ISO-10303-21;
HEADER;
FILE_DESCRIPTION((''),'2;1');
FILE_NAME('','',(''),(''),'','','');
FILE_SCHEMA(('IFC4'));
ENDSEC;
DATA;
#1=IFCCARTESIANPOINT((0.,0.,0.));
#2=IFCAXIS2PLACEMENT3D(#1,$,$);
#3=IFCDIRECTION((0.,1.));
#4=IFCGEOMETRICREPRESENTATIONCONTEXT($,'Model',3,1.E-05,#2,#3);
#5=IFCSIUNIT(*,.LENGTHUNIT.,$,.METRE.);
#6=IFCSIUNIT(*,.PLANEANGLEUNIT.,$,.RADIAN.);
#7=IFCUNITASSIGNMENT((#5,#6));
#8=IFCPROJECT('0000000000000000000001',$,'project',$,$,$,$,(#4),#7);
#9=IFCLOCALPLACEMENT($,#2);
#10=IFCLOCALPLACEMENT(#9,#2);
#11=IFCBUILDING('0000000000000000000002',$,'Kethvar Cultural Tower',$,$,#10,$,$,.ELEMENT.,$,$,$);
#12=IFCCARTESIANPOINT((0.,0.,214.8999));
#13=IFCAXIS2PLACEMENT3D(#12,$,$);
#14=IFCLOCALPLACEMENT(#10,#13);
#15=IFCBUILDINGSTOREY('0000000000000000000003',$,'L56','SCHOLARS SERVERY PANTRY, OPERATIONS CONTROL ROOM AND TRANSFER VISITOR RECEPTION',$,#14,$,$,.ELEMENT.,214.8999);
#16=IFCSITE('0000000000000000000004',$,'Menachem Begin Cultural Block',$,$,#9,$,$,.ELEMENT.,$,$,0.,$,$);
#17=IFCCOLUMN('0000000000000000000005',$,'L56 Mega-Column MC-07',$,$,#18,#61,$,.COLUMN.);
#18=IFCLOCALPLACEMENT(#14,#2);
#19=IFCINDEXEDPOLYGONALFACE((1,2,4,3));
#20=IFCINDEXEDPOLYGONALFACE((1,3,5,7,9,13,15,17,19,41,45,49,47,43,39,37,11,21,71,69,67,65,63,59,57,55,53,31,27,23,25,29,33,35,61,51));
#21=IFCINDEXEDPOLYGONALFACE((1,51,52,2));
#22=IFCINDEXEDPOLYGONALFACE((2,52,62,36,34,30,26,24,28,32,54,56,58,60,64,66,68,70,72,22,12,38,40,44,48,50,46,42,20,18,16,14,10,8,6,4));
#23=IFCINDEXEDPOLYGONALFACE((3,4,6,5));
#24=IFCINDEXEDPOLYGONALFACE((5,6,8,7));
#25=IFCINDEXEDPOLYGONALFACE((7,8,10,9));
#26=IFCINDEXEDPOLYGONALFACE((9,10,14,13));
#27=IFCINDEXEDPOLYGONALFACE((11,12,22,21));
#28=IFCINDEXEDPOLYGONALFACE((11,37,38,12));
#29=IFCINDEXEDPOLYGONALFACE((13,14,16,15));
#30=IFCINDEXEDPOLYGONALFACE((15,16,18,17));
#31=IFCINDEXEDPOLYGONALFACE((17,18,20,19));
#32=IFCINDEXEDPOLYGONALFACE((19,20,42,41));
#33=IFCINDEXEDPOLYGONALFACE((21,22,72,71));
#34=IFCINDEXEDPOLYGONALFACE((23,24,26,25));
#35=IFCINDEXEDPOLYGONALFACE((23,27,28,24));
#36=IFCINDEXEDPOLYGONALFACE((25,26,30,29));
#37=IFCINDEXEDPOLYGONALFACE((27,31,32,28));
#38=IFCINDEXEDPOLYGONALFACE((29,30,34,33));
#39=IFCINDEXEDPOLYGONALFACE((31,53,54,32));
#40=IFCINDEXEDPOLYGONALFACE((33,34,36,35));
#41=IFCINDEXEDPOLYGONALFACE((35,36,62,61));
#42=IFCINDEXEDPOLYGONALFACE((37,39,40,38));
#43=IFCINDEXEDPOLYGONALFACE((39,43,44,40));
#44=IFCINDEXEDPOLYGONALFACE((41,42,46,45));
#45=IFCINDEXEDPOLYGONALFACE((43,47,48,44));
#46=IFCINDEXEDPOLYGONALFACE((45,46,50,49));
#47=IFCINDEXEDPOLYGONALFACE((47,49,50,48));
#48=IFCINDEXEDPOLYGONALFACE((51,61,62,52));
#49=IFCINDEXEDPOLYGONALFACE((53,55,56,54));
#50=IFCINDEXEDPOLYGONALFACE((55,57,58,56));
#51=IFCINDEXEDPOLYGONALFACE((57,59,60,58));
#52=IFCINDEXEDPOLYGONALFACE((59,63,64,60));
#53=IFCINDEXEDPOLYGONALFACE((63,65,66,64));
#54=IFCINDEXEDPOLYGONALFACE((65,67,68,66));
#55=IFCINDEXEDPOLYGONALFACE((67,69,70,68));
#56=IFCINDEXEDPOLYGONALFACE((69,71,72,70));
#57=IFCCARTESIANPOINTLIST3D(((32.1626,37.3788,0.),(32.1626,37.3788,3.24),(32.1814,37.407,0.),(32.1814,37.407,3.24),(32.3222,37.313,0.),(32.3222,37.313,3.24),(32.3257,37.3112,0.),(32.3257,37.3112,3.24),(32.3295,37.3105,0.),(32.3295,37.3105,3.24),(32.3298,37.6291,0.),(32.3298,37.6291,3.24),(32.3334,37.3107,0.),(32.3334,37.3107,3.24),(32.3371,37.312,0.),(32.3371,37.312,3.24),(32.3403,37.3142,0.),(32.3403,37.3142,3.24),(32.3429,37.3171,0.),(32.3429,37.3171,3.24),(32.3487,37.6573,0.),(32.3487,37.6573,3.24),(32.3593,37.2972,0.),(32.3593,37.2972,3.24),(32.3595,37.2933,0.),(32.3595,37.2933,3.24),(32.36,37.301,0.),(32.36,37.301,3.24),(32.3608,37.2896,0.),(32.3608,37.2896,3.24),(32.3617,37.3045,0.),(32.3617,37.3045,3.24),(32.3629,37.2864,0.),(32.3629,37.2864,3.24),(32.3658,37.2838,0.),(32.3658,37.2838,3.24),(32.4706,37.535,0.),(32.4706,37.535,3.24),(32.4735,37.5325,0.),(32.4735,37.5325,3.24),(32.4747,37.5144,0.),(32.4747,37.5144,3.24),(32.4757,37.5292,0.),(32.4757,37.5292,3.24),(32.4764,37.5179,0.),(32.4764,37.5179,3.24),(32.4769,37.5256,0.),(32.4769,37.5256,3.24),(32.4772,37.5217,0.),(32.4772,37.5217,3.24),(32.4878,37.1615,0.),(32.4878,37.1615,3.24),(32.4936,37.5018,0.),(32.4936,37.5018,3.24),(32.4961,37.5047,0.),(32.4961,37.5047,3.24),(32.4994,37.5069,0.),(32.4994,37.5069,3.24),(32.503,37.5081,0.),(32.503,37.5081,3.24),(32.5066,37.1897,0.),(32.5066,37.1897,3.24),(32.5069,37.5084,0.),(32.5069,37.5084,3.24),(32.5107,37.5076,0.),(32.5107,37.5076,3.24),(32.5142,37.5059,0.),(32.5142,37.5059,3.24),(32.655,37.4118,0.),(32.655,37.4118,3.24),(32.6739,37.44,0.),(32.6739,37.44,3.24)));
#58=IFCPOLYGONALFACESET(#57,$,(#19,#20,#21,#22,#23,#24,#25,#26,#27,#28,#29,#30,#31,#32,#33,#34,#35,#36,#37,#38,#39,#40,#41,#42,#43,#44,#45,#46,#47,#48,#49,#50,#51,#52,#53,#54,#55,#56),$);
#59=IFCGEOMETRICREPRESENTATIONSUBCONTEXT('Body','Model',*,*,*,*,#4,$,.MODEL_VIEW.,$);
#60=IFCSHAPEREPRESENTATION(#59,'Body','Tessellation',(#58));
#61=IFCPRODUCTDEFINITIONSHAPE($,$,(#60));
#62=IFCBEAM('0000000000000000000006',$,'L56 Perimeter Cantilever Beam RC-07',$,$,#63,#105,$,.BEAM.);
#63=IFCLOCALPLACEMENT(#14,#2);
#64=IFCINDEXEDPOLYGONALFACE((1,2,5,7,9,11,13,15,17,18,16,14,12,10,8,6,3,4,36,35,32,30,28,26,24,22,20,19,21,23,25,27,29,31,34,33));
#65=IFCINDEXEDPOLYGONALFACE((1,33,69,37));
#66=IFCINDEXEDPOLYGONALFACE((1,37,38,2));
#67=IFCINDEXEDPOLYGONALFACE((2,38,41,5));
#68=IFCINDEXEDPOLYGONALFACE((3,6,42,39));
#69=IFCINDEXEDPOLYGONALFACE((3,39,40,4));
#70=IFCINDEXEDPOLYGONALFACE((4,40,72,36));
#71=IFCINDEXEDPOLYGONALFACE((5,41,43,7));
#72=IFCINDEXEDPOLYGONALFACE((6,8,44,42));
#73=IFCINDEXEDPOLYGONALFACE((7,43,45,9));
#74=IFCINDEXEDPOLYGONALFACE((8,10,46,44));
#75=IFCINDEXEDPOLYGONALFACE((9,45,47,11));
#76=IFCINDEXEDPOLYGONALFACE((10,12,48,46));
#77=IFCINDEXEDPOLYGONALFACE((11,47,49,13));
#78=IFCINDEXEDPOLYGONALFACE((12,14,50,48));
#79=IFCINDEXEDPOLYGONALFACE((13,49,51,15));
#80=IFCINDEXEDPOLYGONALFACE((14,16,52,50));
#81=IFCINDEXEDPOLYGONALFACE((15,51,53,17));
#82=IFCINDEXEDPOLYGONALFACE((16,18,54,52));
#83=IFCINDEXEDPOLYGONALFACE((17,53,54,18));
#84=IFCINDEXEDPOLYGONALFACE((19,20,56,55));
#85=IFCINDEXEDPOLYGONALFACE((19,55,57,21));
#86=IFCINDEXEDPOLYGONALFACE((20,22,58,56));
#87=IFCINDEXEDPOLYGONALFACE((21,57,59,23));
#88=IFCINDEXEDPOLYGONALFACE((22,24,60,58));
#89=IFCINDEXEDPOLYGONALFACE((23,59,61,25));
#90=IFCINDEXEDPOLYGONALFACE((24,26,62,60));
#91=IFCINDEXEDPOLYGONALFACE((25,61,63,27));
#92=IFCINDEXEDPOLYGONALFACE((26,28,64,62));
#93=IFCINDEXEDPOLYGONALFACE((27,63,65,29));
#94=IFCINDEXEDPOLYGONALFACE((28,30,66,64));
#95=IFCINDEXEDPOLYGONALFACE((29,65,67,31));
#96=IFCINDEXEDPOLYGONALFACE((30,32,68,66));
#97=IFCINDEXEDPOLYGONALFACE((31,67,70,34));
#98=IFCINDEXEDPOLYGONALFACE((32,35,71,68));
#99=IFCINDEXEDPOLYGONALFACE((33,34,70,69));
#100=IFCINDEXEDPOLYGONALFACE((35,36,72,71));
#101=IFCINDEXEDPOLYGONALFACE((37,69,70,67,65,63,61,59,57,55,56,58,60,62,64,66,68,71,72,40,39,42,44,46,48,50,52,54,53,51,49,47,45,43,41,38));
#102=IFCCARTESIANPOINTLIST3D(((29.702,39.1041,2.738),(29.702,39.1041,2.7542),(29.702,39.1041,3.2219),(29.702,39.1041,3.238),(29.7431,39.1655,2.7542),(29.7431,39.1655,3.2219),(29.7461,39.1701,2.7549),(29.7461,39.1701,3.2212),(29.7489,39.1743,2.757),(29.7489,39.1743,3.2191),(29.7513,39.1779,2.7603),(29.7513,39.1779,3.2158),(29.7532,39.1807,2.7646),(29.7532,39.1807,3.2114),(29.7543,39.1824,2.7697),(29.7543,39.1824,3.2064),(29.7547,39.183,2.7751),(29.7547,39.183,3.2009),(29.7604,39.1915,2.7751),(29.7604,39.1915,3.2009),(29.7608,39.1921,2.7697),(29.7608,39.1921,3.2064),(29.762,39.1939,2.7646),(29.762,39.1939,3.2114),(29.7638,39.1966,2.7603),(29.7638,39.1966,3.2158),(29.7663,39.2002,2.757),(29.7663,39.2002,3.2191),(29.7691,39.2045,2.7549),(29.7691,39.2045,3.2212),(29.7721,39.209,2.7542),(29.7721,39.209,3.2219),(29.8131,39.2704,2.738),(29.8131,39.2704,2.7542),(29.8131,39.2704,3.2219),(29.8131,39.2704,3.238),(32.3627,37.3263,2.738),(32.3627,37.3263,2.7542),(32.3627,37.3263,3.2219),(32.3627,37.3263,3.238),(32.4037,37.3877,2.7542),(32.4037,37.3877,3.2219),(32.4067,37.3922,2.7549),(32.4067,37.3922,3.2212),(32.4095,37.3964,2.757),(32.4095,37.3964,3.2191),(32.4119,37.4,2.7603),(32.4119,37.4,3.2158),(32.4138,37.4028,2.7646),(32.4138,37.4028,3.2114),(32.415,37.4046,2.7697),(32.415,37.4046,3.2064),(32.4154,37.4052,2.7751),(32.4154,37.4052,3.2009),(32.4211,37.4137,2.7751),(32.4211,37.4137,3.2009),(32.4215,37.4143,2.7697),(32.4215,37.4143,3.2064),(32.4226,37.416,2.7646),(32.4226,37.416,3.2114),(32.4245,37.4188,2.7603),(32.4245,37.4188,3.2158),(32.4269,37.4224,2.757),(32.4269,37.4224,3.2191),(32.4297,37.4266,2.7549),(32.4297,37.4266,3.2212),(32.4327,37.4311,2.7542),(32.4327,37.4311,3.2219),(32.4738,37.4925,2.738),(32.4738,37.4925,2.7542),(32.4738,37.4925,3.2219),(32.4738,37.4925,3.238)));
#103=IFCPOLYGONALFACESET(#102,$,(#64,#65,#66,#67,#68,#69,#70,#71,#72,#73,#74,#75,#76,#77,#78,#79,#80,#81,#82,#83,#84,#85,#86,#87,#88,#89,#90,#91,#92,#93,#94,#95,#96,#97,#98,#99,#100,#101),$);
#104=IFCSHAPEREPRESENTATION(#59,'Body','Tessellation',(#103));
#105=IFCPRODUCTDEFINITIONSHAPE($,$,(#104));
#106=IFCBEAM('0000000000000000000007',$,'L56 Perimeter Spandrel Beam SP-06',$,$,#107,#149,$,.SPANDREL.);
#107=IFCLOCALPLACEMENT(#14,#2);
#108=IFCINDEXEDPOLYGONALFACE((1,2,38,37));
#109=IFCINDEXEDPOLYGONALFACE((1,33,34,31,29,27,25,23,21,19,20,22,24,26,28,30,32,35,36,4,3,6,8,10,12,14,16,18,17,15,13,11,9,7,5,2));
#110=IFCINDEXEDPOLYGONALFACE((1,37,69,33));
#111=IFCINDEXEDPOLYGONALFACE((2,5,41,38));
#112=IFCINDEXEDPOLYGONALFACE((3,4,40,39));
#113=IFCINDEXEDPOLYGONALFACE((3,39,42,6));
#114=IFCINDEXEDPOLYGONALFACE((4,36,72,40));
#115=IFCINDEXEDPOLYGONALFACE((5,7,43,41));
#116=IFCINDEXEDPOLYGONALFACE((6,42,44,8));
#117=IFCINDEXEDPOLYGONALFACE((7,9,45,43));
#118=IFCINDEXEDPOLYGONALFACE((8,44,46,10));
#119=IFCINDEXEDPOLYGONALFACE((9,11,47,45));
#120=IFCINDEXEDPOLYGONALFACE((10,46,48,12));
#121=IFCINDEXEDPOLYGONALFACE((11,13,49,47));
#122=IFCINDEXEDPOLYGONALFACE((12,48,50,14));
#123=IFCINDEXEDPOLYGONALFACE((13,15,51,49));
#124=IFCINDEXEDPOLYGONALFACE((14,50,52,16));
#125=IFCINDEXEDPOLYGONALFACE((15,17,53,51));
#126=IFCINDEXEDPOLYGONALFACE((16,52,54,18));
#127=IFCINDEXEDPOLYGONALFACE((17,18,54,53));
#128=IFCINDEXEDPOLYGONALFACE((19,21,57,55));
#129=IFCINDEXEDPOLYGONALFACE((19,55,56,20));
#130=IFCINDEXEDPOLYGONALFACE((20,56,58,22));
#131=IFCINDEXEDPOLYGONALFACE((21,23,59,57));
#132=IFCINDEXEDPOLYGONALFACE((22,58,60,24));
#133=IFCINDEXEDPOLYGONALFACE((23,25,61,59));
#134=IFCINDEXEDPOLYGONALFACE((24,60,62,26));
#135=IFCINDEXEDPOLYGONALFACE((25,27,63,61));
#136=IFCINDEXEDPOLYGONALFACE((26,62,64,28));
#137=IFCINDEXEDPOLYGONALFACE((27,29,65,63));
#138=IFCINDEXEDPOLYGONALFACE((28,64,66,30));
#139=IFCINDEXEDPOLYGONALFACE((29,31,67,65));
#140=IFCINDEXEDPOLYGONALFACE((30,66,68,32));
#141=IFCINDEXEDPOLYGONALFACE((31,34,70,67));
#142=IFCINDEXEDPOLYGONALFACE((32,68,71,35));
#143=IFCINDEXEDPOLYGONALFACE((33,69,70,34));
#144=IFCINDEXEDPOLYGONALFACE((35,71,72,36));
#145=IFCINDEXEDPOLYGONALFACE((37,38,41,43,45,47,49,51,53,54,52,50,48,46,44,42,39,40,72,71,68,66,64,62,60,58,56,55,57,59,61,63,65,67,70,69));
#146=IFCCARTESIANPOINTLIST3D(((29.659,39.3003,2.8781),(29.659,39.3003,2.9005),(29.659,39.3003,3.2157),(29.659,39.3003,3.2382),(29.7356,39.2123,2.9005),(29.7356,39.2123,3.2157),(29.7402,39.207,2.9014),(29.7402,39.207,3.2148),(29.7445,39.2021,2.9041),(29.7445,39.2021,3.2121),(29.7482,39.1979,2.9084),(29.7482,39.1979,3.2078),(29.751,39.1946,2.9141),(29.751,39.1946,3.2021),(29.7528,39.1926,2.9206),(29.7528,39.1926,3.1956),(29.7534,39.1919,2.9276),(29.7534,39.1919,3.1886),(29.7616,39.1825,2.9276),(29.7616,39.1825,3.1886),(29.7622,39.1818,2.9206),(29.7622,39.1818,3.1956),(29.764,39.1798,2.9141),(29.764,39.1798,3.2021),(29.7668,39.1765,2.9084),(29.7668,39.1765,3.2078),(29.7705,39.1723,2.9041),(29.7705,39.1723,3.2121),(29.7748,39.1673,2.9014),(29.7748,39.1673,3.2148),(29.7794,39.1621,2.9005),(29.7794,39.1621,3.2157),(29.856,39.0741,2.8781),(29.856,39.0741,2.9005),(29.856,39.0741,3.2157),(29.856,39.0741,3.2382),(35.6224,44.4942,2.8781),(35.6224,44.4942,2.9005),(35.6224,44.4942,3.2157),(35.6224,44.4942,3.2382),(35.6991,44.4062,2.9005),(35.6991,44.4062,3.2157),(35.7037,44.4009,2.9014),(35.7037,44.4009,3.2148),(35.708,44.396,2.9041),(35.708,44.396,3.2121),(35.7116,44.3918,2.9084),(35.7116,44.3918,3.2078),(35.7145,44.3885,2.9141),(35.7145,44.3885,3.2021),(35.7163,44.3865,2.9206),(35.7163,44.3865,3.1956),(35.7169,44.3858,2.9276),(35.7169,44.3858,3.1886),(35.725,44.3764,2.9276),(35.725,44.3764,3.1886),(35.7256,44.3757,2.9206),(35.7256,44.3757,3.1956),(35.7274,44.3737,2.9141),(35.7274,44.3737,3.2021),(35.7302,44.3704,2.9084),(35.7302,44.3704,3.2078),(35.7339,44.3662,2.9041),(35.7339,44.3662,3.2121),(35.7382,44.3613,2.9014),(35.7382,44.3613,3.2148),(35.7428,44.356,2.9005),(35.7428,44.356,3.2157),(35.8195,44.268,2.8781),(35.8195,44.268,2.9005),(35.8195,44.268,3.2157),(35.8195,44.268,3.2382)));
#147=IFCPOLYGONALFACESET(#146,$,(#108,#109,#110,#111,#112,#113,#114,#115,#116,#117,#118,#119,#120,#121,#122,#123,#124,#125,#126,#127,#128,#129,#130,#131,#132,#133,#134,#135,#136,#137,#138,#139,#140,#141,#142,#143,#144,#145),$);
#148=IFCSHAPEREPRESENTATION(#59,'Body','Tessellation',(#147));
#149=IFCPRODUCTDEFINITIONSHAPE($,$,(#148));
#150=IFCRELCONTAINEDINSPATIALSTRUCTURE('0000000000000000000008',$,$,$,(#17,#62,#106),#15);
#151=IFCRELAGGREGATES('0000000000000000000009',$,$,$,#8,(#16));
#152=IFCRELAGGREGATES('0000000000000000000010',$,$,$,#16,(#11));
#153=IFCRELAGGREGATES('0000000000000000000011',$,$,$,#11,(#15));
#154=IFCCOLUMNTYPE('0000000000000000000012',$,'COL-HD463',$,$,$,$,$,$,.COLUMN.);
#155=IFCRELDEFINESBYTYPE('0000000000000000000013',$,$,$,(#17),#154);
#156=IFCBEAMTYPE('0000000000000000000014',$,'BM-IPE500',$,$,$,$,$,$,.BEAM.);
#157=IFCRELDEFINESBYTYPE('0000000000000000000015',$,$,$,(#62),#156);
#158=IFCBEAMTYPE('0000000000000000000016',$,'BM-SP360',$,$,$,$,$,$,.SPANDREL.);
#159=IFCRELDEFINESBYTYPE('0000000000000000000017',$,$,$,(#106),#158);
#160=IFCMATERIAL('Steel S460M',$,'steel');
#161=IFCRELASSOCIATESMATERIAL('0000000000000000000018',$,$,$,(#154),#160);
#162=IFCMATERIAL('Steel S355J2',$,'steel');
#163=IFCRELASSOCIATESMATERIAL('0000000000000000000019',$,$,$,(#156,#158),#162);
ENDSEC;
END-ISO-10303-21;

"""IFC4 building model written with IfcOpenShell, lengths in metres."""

from ifc_helpers import new_model, si_unit, direction, frame, origin, origin_2d, place, context, subcontext, project, spatial, i_section, extrude, source, transform, mapped, material, material_profile, profile_set, type_object, element, save


model = new_model("IFC4")

# Units and contexts
model_context = context("Model", 3, precision=1e-05, world=origin(), true_north=direction((0.0, 1.0)))
body_context = subcontext(model_context, "Body", "Model", "MODEL_VIEW")
ifc_project = project(units=[si_unit("LENGTHUNIT", "METRE"), si_unit("PLANEANGLEUNIT", "RADIAN")], contexts=[model_context])

# Site, building, storey
site_placement = place(None, origin())
site = spatial("IfcSite", under=ifc_project, at=site_placement, Name="Menachem Begin Cultural Block", CompositionType="ELEMENT", RefElevation=0.0)
building_placement = place(site_placement, origin())
building = spatial("IfcBuilding", under=site, at=building_placement, Name="Kethvar Cultural Tower", CompositionType="ELEMENT")
storey_placement = place(building_placement, frame((0.0, 0.0, 214.8999)))
storey = spatial("IfcBuildingStorey", under=building, at=storey_placement, Name="L56", Description="SCHOLARS SERVERY PANTRY, OPERATIONS CONTROL ROOM AND TRANSFER VISITOR RECEPTION", CompositionType="ELEMENT", Elevation=214.8999)

# Column
ifc_material_1 = material(Name="Steel S460M", Category="steel")
ifc_material_profile_1 = material_profile(ifc_material_1, i_section(OverallWidth=0.3911, OverallDepth=0.335, WebThickness=0.0227, FlangeThickness=0.0339, FilletRadius=0.0149, at=origin_2d()), Name="Steel S460M — HD400x463")
ifc_profile_set_1 = profile_set([ifc_material_profile_1], Name="Steel S460M — HD400x463")
column_type = type_object("IfcColumnType", Name="COL-HD463", PredefinedType="COLUMN", material=ifc_profile_set_1)
shared_shape_1 = source(origin(), body_context, "Body", "SweptSolid", [
    extrude(i_section(OverallWidth=0.3911, OverallDepth=0.335, WebThickness=0.0227, FlangeThickness=0.0339, FilletRadius=0.0149, at=origin_2d()), origin(), (0.0, 0.0, 1.0), 3.24),
])
column_placement = place(storey_placement, frame((32.4182, 37.4094, 0.0), z_axis=(0.0, 0.0, 1.0), x_axis=(-0.83147, 0.55557, 0.0)))
element("IfcColumn", 1, at=column_placement, inside=storey, type_object=column_type, Name="L56 Mega-Column MC-07", PredefinedType="COLUMN", context=body_context, shape_type="MappedRepresentation", body=[
    mapped(shared_shape_1, transform((0.0, 0.0, 0.0), scale=1.0)),
])

# Beams
ifc_material_2 = material(Name="Steel S355J2", Category="steel")
ifc_material_profile_2 = material_profile(ifc_material_2, i_section(OverallWidth=0.2, OverallDepth=0.5, WebThickness=0.0103, FlangeThickness=0.0161, FilletRadius=0.021, at=origin_2d()), Name="Steel S355J2 — IPE500")
ifc_profile_set_2 = profile_set([ifc_material_profile_2], Name="Steel S355J2 — IPE500")
beam_type_1 = type_object("IfcBeamType", Name="BM-IPE500", PredefinedType="BEAM", material=ifc_profile_set_2)
shared_shape_2 = source(origin(), body_context, "Body", "SweptSolid", [
    extrude(i_section(OverallWidth=0.2, OverallDepth=0.5, WebThickness=0.0103, FlangeThickness=0.0161, FilletRadius=0.021, at=origin_2d()), origin(), (0.0, 0.0, 1.0), 3.2),
])
beam_1_placement = place(storey_placement, frame((32.4182, 37.4094, 2.988), z_axis=(-0.831463, 0.55558, 0.0), x_axis=(-0.55558, -0.831463, 0.0)))
element("IfcBeam", 2, at=beam_1_placement, inside=storey, type_object=beam_type_1, Name="L56 Perimeter Cantilever Beam RC-07", PredefinedType="BEAM", context=body_context, shape_type="MappedRepresentation", body=[
    mapped(shared_shape_2, transform((0.0, 0.0, 0.0), scale=1.0)),
])
ifc_material_profile_3 = material_profile(ifc_material_2, i_section(OverallWidth=0.3, OverallDepth=0.3601, WebThickness=0.0125, FlangeThickness=0.0225, FilletRadius=0.0271, at=origin_2d()), Name="Steel S355J2 — HEB360")
ifc_profile_set_3 = profile_set([ifc_material_profile_3], Name="Steel S355J2 — HEB360")
beam_type_2 = type_object("IfcBeamType", Name="BM-SP360", PredefinedType="SPANDREL", material=ifc_profile_set_3)
shared_shape_3 = source(origin(), body_context, "Body", "SweptSolid", [
    extrude(i_section(OverallWidth=0.3, OverallDepth=0.3601, WebThickness=0.0125, FlangeThickness=0.0225, FilletRadius=0.0271, at=origin_2d()), origin(), (0.0, 0.0, 1.0), 7.9082),
])
beam_2_placement = place(storey_placement, frame((35.7209, 44.3811, 3.0581), z_axis=(-0.754086, -0.656776, 0.0), x_axis=(0.656776, -0.754086, 0.0)))
element("IfcBeam", 3, at=beam_2_placement, inside=storey, type_object=beam_type_2, Name="L56 Perimeter Spandrel Beam SP-06", PredefinedType="SPANDREL", context=body_context, shape_type="MappedRepresentation", body=[
    mapped(shared_shape_3, transform((0.0, 0.0, 0.0), scale=1.0)),
])

save(model, "model.ifc")
